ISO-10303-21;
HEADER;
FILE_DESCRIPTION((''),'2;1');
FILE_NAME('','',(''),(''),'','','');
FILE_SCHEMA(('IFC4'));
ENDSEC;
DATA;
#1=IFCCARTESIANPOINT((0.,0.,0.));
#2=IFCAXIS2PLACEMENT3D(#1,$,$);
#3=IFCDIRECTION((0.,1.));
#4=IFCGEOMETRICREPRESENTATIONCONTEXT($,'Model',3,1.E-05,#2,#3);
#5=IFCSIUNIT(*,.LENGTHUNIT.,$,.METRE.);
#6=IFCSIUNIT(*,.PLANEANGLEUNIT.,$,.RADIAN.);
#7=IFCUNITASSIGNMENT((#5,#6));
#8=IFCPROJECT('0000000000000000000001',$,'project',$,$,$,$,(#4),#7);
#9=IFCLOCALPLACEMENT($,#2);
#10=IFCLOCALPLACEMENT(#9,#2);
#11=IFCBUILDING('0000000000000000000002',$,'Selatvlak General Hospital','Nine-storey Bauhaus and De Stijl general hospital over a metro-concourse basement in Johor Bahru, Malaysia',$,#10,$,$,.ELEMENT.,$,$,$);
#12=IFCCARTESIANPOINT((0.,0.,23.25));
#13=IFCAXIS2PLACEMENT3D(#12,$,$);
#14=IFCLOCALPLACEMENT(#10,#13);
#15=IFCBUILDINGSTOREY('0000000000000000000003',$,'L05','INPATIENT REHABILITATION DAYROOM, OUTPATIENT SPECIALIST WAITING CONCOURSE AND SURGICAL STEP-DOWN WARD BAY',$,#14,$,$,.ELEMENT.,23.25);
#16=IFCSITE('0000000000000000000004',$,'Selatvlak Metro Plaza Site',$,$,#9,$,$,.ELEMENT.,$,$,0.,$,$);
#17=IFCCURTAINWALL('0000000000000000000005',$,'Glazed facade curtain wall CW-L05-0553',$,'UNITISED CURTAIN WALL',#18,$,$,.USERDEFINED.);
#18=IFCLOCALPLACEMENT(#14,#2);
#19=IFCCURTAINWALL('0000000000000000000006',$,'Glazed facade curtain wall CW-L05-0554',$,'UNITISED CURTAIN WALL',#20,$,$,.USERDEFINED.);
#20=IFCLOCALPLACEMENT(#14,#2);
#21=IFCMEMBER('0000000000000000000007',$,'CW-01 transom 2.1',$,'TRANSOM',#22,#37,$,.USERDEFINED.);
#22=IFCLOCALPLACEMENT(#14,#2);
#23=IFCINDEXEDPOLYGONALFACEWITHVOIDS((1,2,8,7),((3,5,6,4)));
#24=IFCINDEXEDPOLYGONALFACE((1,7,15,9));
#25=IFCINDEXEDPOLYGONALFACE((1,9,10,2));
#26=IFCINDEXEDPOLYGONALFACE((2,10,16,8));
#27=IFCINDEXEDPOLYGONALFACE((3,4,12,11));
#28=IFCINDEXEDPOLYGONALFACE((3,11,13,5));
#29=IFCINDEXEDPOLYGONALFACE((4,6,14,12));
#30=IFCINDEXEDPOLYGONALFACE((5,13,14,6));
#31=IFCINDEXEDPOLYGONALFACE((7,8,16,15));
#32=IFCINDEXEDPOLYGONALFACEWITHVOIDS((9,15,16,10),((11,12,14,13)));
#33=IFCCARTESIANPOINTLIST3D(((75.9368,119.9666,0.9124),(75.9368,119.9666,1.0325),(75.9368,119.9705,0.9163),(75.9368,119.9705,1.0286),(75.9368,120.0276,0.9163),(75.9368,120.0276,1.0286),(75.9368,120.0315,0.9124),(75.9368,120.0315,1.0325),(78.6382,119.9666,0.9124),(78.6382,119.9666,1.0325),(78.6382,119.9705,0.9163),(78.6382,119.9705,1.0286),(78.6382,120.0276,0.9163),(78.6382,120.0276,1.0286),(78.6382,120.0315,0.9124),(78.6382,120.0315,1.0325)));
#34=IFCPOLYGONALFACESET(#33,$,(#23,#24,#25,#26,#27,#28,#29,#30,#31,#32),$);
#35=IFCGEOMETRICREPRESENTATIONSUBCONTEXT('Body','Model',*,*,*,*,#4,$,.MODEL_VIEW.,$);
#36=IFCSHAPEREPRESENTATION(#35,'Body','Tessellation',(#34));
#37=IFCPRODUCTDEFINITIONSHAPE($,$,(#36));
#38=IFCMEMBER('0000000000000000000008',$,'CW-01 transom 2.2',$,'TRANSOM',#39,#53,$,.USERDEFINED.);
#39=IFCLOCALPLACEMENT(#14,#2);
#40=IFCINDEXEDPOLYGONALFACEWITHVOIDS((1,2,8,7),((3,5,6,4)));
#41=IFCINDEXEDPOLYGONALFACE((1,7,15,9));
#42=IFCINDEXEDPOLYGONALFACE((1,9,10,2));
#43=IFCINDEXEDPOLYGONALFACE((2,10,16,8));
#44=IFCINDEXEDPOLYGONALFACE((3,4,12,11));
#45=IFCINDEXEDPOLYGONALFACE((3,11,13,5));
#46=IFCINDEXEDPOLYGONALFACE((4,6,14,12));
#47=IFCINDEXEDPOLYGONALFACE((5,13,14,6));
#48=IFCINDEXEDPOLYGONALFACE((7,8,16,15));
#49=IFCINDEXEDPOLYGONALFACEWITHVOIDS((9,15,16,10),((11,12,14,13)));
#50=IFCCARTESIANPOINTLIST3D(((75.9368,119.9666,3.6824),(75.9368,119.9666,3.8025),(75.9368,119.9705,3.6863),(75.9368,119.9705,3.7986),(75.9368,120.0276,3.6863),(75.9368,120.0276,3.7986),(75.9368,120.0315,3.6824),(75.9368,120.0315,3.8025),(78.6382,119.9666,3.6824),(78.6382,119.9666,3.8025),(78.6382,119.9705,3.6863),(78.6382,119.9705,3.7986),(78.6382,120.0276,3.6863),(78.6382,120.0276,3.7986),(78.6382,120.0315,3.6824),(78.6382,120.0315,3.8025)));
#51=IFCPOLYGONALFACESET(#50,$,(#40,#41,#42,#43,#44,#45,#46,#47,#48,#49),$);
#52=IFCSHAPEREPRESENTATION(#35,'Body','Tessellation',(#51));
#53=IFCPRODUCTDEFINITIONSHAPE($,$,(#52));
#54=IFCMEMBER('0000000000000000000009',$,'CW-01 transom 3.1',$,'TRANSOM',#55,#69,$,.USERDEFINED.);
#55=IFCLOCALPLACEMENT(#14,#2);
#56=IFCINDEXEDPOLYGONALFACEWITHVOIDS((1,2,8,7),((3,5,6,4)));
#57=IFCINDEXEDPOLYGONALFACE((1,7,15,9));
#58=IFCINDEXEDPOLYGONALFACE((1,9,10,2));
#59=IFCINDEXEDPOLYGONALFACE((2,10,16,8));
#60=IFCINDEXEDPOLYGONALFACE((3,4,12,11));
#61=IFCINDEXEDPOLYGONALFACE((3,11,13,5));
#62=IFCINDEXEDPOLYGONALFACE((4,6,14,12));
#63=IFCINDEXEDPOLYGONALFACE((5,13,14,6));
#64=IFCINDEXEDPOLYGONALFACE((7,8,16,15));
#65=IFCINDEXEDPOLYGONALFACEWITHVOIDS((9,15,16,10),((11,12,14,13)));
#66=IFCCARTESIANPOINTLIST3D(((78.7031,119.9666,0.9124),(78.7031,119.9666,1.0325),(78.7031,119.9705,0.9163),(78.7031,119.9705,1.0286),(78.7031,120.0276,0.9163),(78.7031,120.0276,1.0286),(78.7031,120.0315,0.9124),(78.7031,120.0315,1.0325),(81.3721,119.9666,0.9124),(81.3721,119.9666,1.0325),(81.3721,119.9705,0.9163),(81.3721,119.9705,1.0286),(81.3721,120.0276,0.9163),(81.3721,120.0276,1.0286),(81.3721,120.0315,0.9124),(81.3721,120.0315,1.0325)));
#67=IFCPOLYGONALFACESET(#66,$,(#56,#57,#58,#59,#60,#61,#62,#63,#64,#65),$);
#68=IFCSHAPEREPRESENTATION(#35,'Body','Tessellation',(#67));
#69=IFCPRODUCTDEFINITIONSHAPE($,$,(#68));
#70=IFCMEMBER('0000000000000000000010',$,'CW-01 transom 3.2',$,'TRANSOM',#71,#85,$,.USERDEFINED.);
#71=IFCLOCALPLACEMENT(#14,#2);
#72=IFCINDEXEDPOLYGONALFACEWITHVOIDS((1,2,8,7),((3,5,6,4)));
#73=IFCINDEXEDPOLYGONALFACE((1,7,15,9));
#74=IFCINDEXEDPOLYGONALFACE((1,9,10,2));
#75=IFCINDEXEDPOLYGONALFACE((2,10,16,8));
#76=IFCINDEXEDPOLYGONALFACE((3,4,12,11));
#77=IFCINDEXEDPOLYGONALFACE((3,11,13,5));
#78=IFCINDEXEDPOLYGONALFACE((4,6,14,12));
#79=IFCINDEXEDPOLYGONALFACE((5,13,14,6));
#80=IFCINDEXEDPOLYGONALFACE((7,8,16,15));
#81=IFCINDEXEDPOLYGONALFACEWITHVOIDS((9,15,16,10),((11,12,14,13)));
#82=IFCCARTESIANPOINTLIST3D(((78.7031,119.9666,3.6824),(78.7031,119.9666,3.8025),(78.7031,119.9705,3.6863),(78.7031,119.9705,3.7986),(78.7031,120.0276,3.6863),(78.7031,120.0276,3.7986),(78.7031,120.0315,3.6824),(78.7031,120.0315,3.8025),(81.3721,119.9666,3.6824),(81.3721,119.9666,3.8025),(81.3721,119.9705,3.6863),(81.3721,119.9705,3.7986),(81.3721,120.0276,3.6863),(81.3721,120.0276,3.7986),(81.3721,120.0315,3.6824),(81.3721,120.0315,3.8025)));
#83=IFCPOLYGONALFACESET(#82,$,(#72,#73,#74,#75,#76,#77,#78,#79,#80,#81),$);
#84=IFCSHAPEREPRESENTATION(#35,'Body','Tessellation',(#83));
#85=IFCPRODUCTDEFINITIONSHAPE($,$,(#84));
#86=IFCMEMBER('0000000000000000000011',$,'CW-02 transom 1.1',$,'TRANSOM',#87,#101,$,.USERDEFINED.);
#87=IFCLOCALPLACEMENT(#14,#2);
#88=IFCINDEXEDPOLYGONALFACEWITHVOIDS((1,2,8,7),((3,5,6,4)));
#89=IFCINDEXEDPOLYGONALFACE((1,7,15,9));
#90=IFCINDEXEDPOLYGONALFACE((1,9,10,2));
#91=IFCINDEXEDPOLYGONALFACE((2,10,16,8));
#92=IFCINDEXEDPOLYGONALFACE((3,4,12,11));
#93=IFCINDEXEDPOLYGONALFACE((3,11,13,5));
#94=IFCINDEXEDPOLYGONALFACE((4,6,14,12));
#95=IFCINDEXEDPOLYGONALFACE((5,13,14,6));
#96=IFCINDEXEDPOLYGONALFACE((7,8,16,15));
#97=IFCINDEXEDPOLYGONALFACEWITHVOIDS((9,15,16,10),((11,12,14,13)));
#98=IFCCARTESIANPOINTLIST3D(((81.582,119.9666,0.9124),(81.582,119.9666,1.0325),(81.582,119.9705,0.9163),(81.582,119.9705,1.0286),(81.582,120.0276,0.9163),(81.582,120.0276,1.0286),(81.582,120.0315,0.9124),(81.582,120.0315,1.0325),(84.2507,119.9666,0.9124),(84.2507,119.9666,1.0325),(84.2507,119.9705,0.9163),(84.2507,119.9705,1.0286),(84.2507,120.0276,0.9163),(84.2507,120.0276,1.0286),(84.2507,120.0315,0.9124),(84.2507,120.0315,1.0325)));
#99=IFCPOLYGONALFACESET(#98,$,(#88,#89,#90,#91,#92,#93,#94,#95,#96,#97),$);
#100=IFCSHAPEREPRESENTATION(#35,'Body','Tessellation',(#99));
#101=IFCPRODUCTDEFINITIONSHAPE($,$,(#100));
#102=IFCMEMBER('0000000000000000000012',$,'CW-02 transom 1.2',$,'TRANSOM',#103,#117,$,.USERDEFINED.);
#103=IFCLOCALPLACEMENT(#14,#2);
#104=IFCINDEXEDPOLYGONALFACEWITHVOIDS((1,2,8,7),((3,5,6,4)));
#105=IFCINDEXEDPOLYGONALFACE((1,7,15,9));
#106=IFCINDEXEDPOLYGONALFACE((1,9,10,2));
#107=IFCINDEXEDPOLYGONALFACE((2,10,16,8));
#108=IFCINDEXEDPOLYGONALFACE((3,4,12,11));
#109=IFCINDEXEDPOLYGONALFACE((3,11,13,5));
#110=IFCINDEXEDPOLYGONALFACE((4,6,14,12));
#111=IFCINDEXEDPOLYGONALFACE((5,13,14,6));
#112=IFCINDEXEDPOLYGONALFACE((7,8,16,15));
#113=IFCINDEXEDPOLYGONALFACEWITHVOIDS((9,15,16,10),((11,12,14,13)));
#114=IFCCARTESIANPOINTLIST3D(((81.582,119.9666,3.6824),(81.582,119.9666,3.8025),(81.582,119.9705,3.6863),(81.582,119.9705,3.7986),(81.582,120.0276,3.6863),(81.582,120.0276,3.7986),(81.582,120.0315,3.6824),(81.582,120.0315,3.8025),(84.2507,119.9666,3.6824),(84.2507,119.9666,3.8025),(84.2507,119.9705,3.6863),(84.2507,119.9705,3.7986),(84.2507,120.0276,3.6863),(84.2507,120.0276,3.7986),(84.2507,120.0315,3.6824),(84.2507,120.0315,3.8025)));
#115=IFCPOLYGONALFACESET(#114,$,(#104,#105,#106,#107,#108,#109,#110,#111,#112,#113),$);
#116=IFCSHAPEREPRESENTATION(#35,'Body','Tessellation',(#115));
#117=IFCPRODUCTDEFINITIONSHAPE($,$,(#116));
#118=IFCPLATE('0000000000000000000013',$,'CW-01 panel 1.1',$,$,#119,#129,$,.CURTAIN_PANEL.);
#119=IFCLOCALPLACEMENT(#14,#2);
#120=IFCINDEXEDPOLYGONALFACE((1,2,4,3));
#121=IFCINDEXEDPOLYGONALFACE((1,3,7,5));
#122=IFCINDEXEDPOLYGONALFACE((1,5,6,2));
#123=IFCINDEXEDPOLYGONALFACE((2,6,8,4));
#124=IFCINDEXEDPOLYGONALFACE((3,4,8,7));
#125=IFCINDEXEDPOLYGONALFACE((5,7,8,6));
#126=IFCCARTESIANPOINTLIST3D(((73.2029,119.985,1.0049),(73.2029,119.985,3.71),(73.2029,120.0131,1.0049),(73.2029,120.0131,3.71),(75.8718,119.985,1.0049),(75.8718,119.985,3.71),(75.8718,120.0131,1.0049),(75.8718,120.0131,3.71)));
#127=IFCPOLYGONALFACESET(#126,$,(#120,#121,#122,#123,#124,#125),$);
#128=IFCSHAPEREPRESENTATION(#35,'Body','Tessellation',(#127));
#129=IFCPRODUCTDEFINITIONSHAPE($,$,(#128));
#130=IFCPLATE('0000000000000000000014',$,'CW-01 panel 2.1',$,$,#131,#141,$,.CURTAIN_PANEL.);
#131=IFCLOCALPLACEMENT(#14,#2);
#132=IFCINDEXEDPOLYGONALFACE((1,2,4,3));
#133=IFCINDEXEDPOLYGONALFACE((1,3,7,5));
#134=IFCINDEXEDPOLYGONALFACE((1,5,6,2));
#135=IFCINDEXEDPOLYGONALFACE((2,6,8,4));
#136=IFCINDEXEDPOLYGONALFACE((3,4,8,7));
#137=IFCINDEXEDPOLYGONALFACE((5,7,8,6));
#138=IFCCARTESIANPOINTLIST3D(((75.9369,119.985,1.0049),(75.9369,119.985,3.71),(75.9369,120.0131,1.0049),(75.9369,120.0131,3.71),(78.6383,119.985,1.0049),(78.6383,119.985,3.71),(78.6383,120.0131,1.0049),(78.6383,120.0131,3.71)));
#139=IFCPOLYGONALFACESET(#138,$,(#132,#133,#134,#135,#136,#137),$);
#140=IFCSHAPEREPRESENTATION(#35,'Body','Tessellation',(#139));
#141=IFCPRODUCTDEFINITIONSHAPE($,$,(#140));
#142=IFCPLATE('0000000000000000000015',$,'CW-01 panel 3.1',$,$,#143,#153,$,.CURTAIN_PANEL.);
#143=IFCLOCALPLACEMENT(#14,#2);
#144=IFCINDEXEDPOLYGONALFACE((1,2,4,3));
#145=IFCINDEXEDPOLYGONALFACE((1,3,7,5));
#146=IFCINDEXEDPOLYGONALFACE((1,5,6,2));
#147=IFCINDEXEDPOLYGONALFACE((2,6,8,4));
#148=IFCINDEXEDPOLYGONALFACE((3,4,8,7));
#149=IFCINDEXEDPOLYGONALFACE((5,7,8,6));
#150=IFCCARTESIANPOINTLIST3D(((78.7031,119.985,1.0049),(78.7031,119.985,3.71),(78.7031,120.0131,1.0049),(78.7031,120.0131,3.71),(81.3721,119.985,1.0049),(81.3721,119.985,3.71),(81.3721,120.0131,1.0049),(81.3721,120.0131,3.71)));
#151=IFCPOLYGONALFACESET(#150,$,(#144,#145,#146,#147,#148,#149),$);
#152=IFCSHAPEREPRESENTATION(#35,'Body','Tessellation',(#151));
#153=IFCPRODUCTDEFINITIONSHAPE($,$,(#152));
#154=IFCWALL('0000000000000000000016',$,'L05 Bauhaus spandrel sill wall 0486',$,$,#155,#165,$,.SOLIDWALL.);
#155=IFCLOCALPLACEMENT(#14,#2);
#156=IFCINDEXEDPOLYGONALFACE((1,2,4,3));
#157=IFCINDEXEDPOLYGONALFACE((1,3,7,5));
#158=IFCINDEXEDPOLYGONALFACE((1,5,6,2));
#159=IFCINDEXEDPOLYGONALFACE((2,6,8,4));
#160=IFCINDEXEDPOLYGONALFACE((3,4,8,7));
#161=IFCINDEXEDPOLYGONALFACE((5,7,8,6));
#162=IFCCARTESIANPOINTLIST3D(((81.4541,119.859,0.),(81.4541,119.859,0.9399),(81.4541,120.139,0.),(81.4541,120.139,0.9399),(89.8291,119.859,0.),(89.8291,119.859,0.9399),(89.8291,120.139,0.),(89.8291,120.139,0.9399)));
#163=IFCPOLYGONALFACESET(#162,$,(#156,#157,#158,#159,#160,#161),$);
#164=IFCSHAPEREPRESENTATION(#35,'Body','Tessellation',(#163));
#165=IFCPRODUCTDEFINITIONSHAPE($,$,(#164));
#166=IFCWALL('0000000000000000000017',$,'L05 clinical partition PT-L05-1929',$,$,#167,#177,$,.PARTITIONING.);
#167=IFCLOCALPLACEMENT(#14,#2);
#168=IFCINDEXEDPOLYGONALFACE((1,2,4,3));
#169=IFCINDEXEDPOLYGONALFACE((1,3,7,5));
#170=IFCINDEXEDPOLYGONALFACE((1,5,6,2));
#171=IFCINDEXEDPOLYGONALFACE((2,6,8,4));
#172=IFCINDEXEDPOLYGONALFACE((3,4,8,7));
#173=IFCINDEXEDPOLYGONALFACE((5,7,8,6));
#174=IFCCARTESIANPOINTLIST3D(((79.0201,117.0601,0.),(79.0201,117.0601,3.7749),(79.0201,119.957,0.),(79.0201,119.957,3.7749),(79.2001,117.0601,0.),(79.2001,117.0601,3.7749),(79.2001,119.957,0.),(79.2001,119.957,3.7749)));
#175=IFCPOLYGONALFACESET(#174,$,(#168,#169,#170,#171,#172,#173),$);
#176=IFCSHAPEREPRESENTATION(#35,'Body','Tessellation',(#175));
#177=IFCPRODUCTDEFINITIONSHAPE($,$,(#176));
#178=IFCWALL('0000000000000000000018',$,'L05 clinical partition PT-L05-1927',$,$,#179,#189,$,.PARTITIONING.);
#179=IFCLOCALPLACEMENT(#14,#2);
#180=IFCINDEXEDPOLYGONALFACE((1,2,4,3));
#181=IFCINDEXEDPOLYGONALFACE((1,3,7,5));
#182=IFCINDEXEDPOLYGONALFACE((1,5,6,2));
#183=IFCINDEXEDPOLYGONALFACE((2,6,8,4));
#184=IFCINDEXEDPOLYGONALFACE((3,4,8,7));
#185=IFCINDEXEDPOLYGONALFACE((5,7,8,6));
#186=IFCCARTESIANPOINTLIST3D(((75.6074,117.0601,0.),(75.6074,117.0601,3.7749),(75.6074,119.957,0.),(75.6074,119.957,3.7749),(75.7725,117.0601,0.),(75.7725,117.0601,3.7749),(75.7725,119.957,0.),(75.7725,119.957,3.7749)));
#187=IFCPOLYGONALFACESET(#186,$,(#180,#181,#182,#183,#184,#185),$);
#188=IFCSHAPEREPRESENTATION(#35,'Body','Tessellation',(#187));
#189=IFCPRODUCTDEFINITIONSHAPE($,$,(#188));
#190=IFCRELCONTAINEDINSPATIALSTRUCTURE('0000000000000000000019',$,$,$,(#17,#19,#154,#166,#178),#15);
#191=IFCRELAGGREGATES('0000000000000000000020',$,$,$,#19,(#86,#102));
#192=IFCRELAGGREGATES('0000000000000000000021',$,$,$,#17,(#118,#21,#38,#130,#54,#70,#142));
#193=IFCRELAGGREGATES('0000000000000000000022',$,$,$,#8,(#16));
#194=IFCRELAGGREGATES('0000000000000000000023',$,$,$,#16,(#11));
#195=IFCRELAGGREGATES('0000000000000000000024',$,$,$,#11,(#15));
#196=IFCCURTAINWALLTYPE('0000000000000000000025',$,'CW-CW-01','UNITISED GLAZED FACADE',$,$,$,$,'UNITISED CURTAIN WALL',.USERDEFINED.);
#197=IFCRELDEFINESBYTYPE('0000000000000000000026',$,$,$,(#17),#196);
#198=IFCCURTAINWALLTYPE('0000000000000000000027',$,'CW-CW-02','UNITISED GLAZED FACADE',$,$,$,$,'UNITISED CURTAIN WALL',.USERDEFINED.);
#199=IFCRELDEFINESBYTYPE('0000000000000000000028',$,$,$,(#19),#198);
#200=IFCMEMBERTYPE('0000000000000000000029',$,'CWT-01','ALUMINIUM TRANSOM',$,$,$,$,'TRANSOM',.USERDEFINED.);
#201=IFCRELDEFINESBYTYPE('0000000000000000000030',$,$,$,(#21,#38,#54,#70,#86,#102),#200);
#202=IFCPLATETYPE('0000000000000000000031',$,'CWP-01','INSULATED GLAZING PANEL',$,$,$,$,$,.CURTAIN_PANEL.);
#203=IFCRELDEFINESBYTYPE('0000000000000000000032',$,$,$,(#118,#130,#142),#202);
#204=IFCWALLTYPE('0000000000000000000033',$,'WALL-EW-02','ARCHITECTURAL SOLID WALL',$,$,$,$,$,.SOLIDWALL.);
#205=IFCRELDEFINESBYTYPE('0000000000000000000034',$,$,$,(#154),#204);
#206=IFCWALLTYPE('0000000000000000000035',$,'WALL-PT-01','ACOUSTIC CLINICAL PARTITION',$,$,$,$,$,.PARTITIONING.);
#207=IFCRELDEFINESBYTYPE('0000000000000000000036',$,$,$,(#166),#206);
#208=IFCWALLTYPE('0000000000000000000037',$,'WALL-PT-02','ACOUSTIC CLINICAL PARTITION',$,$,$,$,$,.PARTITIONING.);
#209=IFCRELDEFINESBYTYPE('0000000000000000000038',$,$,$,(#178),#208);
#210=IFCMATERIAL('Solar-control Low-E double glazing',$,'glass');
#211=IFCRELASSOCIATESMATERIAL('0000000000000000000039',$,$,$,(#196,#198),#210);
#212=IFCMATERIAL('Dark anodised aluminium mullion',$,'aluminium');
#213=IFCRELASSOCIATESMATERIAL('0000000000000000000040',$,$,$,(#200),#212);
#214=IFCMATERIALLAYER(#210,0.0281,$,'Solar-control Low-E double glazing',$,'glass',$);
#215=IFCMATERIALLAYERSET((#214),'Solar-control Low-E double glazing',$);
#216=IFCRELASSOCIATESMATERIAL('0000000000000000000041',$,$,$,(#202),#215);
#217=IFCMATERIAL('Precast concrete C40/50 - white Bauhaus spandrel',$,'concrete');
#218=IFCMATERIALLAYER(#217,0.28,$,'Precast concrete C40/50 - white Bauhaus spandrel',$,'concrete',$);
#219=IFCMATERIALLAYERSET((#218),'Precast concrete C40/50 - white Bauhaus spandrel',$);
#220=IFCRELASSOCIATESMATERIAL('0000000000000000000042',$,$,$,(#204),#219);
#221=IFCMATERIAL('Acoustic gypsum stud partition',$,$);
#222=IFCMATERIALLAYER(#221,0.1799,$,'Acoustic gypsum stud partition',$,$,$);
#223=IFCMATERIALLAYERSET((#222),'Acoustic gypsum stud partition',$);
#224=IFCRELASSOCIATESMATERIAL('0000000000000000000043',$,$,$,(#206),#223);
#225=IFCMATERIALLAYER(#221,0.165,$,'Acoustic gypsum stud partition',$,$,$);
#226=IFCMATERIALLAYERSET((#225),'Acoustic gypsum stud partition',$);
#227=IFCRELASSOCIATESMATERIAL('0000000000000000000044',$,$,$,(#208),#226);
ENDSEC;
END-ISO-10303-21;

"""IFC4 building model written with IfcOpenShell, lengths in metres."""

from ifc_helpers import new_model, si_unit, direction, frame, frame_2d, origin, origin_2d, place, context, subcontext, project, spatial, rectangle, hollow_rectangle, extrude, material, layer, layer_set, material_profile, profile_set, type_object, element, aggregate, save


model = new_model("IFC4")

# Units and contexts
model_context = context("Model", 3, precision=1e-05, world=origin(), true_north=direction((0.0, 1.0)))
body_context = subcontext(model_context, "Body", "Model", "MODEL_VIEW")
ifc_project = project(units=[si_unit("LENGTHUNIT", "METRE"), si_unit("PLANEANGLEUNIT", "RADIAN")], contexts=[model_context])

# Site, building, storey
site_placement = place(None, origin())
site = spatial("IfcSite", under=ifc_project, at=site_placement, Name="Selatvlak Metro Plaza Site", CompositionType="ELEMENT", RefElevation=0.0)
building_placement = place(site_placement, origin())
building = spatial("IfcBuilding", under=site, at=building_placement, Name="Selatvlak General Hospital", Description="Nine-storey Bauhaus and De Stijl general hospital over a metro-concourse basement in Johor Bahru, Malaysia", CompositionType="ELEMENT")
storey_placement = place(building_placement, frame((0.0, 0.0, 23.25)))
storey = spatial("IfcBuildingStorey", under=building, at=storey_placement, Name="L05", Description="INPATIENT REHABILITATION DAYROOM, OUTPATIENT SPECIALIST WAITING CONCOURSE AND SURGICAL STEP-DOWN WARD BAY", CompositionType="ELEMENT", Elevation=23.25)

# Curtain wall
ifc_material_1 = material(Name="Solar-control Low-E double glazing", Category="glass")
curtain_wall_type_1 = type_object("IfcCurtainWallType", Name="CW-CW-01", Description="UNITISED GLAZED FACADE", ElementType="UNITISED CURTAIN WALL", PredefinedType="USERDEFINED", material=ifc_material_1)
curtain_wall_1_placement = place(storey_placement, origin())
curtain_wall_1 = element("IfcCurtainWall", 1, at=curtain_wall_1_placement, inside=storey, type_object=curtain_wall_type_1, Name="Glazed facade curtain wall CW-L05-0553", ObjectType="UNITISED CURTAIN WALL", PredefinedType="USERDEFINED")
ifc_material_2 = material(Name="Dark anodised aluminium mullion", Category="aluminium")

# Curtain wall
curtain_wall_type_2 = type_object("IfcCurtainWallType", Name="CW-CW-02", Description="UNITISED GLAZED FACADE", ElementType="UNITISED CURTAIN WALL", PredefinedType="USERDEFINED", material=ifc_material_1)
curtain_wall_2_placement = place(storey_placement, origin())
curtain_wall_2 = element("IfcCurtainWall", 2, at=curtain_wall_2_placement, inside=storey, type_object=curtain_wall_type_2, Name="Glazed facade curtain wall CW-L05-0554", ObjectType="UNITISED CURTAIN WALL", PredefinedType="USERDEFINED")

# Members
ifc_material_profile_1 = material_profile(ifc_material_2, hollow_rectangle(XDim=0.0649, YDim=0.1201, WallThickness=0.0039, at=origin_2d()), Name="AL-TRN 65x120x4")
ifc_profile_set_1 = profile_set([ifc_material_profile_1], Name="Dark anodised aluminium mullion")
member_type_1 = type_object("IfcMemberType", Name="CWT-01", Description="ALUMINIUM TRANSOM", ElementType="TRANSOM", PredefinedType="USERDEFINED", material=ifc_profile_set_1)
member_1_placement = place(storey_placement, frame((75.9368, 119.999, 0.9724), z_axis=(1.0, 0.0, 0.0), x_axis=(0.0, 1.0, 0.0)))
member_1 = element("IfcMember", 3, at=member_1_placement, type_object=member_type_1, Name="CW-01 transom 2.1", ObjectType="TRANSOM", PredefinedType="USERDEFINED", context=body_context, shape_type="SweptSolid", body=[
    extrude(hollow_rectangle(XDim=0.0649, YDim=0.1201, WallThickness=0.0039, at=origin_2d()), origin(), (0.0, 0.0, 1.0), 2.7014),
])
member_2_placement = place(storey_placement, frame((75.9368, 119.999, 3.7424), z_axis=(1.0, 0.0, 0.0), x_axis=(0.0, 1.0, 0.0)))
member_2 = element("IfcMember", 4, at=member_2_placement, type_object=member_type_1, Name="CW-01 transom 2.2", ObjectType="TRANSOM", PredefinedType="USERDEFINED", context=body_context, shape_type="SweptSolid", body=[
    extrude(hollow_rectangle(XDim=0.0649, YDim=0.1201, WallThickness=0.0039, at=origin_2d()), origin(), (0.0, 0.0, 1.0), 2.7014),
])
member_3_placement = place(storey_placement, frame((78.7031, 119.999, 0.9724), z_axis=(1.0, 0.0, 0.0), x_axis=(0.0, 1.0, 0.0)))
member_3 = element("IfcMember", 5, at=member_3_placement, type_object=member_type_1, Name="CW-01 transom 3.1", ObjectType="TRANSOM", PredefinedType="USERDEFINED", context=body_context, shape_type="SweptSolid", body=[
    extrude(hollow_rectangle(XDim=0.0649, YDim=0.1201, WallThickness=0.0039, at=origin_2d()), origin(), (0.0, 0.0, 1.0), 2.6689),
])
member_4_placement = place(storey_placement, frame((78.7031, 119.999, 3.7424), z_axis=(1.0, 0.0, 0.0), x_axis=(0.0, 1.0, 0.0)))
member_4 = element("IfcMember", 6, at=member_4_placement, type_object=member_type_1, Name="CW-01 transom 3.2", ObjectType="TRANSOM", PredefinedType="USERDEFINED", context=body_context, shape_type="SweptSolid", body=[
    extrude(hollow_rectangle(XDim=0.0649, YDim=0.1201, WallThickness=0.0039, at=origin_2d()), origin(), (0.0, 0.0, 1.0), 2.6689),
])
member_5_placement = place(storey_placement, frame((81.582, 119.999, 0.9724), z_axis=(1.0, 0.0, 0.0), x_axis=(0.0, 1.0, 0.0)))
member_5 = element("IfcMember", 7, at=member_5_placement, type_object=member_type_1, Name="CW-02 transom 1.1", ObjectType="TRANSOM", PredefinedType="USERDEFINED", context=body_context, shape_type="SweptSolid", body=[
    extrude(hollow_rectangle(XDim=0.0649, YDim=0.1201, WallThickness=0.0039, at=origin_2d()), origin(), (0.0, 0.0, 1.0), 2.6687),
])
member_6_placement = place(storey_placement, frame((81.582, 119.999, 3.7424), z_axis=(1.0, 0.0, 0.0), x_axis=(0.0, 1.0, 0.0)))
member_6 = element("IfcMember", 8, at=member_6_placement, type_object=member_type_1, Name="CW-02 transom 1.2", ObjectType="TRANSOM", PredefinedType="USERDEFINED", context=body_context, shape_type="SweptSolid", body=[
    extrude(hollow_rectangle(XDim=0.0649, YDim=0.1201, WallThickness=0.0039, at=origin_2d()), origin(), (0.0, 0.0, 1.0), 2.6687),
])
aggregate(curtain_wall_2, [member_5, member_6])

# Plates
ifc_layer_1 = layer(ifc_material_1, 0.0281, Name="Solar-control Low-E double glazing", Category="glass")
ifc_layer_set_1 = layer_set([ifc_layer_1], Name="Solar-control Low-E double glazing")
plate_type = type_object("IfcPlateType", Name="CWP-01", Description="INSULATED GLAZING PANEL", PredefinedType="CURTAIN_PANEL", material=ifc_layer_set_1)
plate_1_placement = place(storey_placement, frame((74.5374, 119.999, 1.0049), z_axis=(0.0, 0.0, 1.0), x_axis=(1.0, 0.0, 0.0)))
plate_1 = element("IfcPlate", 9, at=plate_1_placement, type_object=plate_type, Name="CW-01 panel 1.1", PredefinedType="CURTAIN_PANEL", context=body_context, shape_type="SweptSolid", body=[
    extrude(rectangle(XDim=2.6689, YDim=0.0281, at=origin_2d()), origin(), (0.0, 0.0, 1.0), 2.7051),
])
plate_2_placement = place(storey_placement, frame((77.2876, 119.999, 1.0049), z_axis=(0.0, 0.0, 1.0), x_axis=(1.0, 0.0, 0.0)))
plate_2 = element("IfcPlate", 10, at=plate_2_placement, type_object=plate_type, Name="CW-01 panel 2.1", PredefinedType="CURTAIN_PANEL", context=body_context, shape_type="SweptSolid", body=[
    extrude(rectangle(XDim=2.7014, YDim=0.0281, at=origin_2d()), origin(), (0.0, 0.0, 1.0), 2.7051),
])
plate_3_placement = place(storey_placement, frame((80.0376, 119.999, 1.0049), z_axis=(0.0, 0.0, 1.0), x_axis=(1.0, 0.0, 0.0)))
plate_3 = element("IfcPlate", 11, at=plate_3_placement, type_object=plate_type, Name="CW-01 panel 3.1", PredefinedType="CURTAIN_PANEL", context=body_context, shape_type="SweptSolid", body=[
    extrude(rectangle(XDim=2.6689, YDim=0.0281, at=origin_2d()), origin(), (0.0, 0.0, 1.0), 2.7051),
])
aggregate(curtain_wall_1, [plate_1, member_1, member_2, plate_2, member_3, member_4, plate_3])

# Wall
ifc_material_3 = material(Name="Precast concrete C40/50 - white Bauhaus spandrel", Category="concrete")
ifc_layer_2 = layer(ifc_material_3, 0.28, Name="Precast concrete C40/50 - white Bauhaus spandrel", Category="concrete")
ifc_layer_set_2 = layer_set([ifc_layer_2], Name="Precast concrete C40/50 - white Bauhaus spandrel")
wall_type_1 = type_object("IfcWallType", Name="WALL-EW-02", Description="ARCHITECTURAL SOLID WALL", PredefinedType="SOLIDWALL", material=ifc_layer_set_2)
wall_1_placement = place(storey_placement, frame((81.4541, 119.999, 0.0), z_axis=(0.0, 0.0, 1.0), x_axis=(1.0, 0.0, 0.0)))
element("IfcWall", 12, at=wall_1_placement, inside=storey, type_object=wall_type_1, Name="L05 Bauhaus spandrel sill wall 0486", PredefinedType="SOLIDWALL", context=body_context, shape_type="SweptSolid", body=[
    extrude(rectangle(XDim=8.375, YDim=0.28, at=frame_2d((4.1875, 0.0))), origin(), (0.0, 0.0, 1.0), 0.9399),
])

# Shared definitions
ifc_material_4 = material(Name="Acoustic gypsum stud partition")
ifc_layer_3 = layer(ifc_material_4, 0.1799, Name="Acoustic gypsum stud partition")
ifc_layer_set_3 = layer_set([ifc_layer_3], Name="Acoustic gypsum stud partition")
wall_type_2 = type_object("IfcWallType", Name="WALL-PT-01", Description="ACOUSTIC CLINICAL PARTITION", PredefinedType="PARTITIONING", material=ifc_layer_set_3)

# Walls
wall_2_placement = place(storey_placement, frame((79.1101, 117.0601, 0.0), z_axis=(0.0, 0.0, 1.0), x_axis=(0.0, 1.0, 0.0)))
element("IfcWall", 13, at=wall_2_placement, inside=storey, type_object=wall_type_2, Name="L05 clinical partition PT-L05-1929", PredefinedType="PARTITIONING", context=body_context, shape_type="SweptSolid", body=[
    extrude(rectangle(XDim=2.897, YDim=0.1799, at=frame_2d((1.4485, 0.0))), origin(), (0.0, 0.0, 1.0), 3.7749),
])
ifc_layer_4 = layer(ifc_material_4, 0.165, Name="Acoustic gypsum stud partition")
ifc_layer_set_4 = layer_set([ifc_layer_4], Name="Acoustic gypsum stud partition")
wall_type_3 = type_object("IfcWallType", Name="WALL-PT-02", Description="ACOUSTIC CLINICAL PARTITION", PredefinedType="PARTITIONING", material=ifc_layer_set_4)
wall_3_placement = place(storey_placement, frame((75.6899, 119.957, 0.0), z_axis=(0.0, 0.0, 1.0), x_axis=(0.0, -1.0, 0.0)))
element("IfcWall", 14, at=wall_3_placement, inside=storey, type_object=wall_type_3, Name="L05 clinical partition PT-L05-1927", PredefinedType="PARTITIONING", context=body_context, shape_type="SweptSolid", body=[
    extrude(rectangle(XDim=2.897, YDim=0.165, at=frame_2d((1.4485, 0.0))), origin(), (0.0, 0.0, 1.0), 3.7749),
])

save(model, "model.ifc")
